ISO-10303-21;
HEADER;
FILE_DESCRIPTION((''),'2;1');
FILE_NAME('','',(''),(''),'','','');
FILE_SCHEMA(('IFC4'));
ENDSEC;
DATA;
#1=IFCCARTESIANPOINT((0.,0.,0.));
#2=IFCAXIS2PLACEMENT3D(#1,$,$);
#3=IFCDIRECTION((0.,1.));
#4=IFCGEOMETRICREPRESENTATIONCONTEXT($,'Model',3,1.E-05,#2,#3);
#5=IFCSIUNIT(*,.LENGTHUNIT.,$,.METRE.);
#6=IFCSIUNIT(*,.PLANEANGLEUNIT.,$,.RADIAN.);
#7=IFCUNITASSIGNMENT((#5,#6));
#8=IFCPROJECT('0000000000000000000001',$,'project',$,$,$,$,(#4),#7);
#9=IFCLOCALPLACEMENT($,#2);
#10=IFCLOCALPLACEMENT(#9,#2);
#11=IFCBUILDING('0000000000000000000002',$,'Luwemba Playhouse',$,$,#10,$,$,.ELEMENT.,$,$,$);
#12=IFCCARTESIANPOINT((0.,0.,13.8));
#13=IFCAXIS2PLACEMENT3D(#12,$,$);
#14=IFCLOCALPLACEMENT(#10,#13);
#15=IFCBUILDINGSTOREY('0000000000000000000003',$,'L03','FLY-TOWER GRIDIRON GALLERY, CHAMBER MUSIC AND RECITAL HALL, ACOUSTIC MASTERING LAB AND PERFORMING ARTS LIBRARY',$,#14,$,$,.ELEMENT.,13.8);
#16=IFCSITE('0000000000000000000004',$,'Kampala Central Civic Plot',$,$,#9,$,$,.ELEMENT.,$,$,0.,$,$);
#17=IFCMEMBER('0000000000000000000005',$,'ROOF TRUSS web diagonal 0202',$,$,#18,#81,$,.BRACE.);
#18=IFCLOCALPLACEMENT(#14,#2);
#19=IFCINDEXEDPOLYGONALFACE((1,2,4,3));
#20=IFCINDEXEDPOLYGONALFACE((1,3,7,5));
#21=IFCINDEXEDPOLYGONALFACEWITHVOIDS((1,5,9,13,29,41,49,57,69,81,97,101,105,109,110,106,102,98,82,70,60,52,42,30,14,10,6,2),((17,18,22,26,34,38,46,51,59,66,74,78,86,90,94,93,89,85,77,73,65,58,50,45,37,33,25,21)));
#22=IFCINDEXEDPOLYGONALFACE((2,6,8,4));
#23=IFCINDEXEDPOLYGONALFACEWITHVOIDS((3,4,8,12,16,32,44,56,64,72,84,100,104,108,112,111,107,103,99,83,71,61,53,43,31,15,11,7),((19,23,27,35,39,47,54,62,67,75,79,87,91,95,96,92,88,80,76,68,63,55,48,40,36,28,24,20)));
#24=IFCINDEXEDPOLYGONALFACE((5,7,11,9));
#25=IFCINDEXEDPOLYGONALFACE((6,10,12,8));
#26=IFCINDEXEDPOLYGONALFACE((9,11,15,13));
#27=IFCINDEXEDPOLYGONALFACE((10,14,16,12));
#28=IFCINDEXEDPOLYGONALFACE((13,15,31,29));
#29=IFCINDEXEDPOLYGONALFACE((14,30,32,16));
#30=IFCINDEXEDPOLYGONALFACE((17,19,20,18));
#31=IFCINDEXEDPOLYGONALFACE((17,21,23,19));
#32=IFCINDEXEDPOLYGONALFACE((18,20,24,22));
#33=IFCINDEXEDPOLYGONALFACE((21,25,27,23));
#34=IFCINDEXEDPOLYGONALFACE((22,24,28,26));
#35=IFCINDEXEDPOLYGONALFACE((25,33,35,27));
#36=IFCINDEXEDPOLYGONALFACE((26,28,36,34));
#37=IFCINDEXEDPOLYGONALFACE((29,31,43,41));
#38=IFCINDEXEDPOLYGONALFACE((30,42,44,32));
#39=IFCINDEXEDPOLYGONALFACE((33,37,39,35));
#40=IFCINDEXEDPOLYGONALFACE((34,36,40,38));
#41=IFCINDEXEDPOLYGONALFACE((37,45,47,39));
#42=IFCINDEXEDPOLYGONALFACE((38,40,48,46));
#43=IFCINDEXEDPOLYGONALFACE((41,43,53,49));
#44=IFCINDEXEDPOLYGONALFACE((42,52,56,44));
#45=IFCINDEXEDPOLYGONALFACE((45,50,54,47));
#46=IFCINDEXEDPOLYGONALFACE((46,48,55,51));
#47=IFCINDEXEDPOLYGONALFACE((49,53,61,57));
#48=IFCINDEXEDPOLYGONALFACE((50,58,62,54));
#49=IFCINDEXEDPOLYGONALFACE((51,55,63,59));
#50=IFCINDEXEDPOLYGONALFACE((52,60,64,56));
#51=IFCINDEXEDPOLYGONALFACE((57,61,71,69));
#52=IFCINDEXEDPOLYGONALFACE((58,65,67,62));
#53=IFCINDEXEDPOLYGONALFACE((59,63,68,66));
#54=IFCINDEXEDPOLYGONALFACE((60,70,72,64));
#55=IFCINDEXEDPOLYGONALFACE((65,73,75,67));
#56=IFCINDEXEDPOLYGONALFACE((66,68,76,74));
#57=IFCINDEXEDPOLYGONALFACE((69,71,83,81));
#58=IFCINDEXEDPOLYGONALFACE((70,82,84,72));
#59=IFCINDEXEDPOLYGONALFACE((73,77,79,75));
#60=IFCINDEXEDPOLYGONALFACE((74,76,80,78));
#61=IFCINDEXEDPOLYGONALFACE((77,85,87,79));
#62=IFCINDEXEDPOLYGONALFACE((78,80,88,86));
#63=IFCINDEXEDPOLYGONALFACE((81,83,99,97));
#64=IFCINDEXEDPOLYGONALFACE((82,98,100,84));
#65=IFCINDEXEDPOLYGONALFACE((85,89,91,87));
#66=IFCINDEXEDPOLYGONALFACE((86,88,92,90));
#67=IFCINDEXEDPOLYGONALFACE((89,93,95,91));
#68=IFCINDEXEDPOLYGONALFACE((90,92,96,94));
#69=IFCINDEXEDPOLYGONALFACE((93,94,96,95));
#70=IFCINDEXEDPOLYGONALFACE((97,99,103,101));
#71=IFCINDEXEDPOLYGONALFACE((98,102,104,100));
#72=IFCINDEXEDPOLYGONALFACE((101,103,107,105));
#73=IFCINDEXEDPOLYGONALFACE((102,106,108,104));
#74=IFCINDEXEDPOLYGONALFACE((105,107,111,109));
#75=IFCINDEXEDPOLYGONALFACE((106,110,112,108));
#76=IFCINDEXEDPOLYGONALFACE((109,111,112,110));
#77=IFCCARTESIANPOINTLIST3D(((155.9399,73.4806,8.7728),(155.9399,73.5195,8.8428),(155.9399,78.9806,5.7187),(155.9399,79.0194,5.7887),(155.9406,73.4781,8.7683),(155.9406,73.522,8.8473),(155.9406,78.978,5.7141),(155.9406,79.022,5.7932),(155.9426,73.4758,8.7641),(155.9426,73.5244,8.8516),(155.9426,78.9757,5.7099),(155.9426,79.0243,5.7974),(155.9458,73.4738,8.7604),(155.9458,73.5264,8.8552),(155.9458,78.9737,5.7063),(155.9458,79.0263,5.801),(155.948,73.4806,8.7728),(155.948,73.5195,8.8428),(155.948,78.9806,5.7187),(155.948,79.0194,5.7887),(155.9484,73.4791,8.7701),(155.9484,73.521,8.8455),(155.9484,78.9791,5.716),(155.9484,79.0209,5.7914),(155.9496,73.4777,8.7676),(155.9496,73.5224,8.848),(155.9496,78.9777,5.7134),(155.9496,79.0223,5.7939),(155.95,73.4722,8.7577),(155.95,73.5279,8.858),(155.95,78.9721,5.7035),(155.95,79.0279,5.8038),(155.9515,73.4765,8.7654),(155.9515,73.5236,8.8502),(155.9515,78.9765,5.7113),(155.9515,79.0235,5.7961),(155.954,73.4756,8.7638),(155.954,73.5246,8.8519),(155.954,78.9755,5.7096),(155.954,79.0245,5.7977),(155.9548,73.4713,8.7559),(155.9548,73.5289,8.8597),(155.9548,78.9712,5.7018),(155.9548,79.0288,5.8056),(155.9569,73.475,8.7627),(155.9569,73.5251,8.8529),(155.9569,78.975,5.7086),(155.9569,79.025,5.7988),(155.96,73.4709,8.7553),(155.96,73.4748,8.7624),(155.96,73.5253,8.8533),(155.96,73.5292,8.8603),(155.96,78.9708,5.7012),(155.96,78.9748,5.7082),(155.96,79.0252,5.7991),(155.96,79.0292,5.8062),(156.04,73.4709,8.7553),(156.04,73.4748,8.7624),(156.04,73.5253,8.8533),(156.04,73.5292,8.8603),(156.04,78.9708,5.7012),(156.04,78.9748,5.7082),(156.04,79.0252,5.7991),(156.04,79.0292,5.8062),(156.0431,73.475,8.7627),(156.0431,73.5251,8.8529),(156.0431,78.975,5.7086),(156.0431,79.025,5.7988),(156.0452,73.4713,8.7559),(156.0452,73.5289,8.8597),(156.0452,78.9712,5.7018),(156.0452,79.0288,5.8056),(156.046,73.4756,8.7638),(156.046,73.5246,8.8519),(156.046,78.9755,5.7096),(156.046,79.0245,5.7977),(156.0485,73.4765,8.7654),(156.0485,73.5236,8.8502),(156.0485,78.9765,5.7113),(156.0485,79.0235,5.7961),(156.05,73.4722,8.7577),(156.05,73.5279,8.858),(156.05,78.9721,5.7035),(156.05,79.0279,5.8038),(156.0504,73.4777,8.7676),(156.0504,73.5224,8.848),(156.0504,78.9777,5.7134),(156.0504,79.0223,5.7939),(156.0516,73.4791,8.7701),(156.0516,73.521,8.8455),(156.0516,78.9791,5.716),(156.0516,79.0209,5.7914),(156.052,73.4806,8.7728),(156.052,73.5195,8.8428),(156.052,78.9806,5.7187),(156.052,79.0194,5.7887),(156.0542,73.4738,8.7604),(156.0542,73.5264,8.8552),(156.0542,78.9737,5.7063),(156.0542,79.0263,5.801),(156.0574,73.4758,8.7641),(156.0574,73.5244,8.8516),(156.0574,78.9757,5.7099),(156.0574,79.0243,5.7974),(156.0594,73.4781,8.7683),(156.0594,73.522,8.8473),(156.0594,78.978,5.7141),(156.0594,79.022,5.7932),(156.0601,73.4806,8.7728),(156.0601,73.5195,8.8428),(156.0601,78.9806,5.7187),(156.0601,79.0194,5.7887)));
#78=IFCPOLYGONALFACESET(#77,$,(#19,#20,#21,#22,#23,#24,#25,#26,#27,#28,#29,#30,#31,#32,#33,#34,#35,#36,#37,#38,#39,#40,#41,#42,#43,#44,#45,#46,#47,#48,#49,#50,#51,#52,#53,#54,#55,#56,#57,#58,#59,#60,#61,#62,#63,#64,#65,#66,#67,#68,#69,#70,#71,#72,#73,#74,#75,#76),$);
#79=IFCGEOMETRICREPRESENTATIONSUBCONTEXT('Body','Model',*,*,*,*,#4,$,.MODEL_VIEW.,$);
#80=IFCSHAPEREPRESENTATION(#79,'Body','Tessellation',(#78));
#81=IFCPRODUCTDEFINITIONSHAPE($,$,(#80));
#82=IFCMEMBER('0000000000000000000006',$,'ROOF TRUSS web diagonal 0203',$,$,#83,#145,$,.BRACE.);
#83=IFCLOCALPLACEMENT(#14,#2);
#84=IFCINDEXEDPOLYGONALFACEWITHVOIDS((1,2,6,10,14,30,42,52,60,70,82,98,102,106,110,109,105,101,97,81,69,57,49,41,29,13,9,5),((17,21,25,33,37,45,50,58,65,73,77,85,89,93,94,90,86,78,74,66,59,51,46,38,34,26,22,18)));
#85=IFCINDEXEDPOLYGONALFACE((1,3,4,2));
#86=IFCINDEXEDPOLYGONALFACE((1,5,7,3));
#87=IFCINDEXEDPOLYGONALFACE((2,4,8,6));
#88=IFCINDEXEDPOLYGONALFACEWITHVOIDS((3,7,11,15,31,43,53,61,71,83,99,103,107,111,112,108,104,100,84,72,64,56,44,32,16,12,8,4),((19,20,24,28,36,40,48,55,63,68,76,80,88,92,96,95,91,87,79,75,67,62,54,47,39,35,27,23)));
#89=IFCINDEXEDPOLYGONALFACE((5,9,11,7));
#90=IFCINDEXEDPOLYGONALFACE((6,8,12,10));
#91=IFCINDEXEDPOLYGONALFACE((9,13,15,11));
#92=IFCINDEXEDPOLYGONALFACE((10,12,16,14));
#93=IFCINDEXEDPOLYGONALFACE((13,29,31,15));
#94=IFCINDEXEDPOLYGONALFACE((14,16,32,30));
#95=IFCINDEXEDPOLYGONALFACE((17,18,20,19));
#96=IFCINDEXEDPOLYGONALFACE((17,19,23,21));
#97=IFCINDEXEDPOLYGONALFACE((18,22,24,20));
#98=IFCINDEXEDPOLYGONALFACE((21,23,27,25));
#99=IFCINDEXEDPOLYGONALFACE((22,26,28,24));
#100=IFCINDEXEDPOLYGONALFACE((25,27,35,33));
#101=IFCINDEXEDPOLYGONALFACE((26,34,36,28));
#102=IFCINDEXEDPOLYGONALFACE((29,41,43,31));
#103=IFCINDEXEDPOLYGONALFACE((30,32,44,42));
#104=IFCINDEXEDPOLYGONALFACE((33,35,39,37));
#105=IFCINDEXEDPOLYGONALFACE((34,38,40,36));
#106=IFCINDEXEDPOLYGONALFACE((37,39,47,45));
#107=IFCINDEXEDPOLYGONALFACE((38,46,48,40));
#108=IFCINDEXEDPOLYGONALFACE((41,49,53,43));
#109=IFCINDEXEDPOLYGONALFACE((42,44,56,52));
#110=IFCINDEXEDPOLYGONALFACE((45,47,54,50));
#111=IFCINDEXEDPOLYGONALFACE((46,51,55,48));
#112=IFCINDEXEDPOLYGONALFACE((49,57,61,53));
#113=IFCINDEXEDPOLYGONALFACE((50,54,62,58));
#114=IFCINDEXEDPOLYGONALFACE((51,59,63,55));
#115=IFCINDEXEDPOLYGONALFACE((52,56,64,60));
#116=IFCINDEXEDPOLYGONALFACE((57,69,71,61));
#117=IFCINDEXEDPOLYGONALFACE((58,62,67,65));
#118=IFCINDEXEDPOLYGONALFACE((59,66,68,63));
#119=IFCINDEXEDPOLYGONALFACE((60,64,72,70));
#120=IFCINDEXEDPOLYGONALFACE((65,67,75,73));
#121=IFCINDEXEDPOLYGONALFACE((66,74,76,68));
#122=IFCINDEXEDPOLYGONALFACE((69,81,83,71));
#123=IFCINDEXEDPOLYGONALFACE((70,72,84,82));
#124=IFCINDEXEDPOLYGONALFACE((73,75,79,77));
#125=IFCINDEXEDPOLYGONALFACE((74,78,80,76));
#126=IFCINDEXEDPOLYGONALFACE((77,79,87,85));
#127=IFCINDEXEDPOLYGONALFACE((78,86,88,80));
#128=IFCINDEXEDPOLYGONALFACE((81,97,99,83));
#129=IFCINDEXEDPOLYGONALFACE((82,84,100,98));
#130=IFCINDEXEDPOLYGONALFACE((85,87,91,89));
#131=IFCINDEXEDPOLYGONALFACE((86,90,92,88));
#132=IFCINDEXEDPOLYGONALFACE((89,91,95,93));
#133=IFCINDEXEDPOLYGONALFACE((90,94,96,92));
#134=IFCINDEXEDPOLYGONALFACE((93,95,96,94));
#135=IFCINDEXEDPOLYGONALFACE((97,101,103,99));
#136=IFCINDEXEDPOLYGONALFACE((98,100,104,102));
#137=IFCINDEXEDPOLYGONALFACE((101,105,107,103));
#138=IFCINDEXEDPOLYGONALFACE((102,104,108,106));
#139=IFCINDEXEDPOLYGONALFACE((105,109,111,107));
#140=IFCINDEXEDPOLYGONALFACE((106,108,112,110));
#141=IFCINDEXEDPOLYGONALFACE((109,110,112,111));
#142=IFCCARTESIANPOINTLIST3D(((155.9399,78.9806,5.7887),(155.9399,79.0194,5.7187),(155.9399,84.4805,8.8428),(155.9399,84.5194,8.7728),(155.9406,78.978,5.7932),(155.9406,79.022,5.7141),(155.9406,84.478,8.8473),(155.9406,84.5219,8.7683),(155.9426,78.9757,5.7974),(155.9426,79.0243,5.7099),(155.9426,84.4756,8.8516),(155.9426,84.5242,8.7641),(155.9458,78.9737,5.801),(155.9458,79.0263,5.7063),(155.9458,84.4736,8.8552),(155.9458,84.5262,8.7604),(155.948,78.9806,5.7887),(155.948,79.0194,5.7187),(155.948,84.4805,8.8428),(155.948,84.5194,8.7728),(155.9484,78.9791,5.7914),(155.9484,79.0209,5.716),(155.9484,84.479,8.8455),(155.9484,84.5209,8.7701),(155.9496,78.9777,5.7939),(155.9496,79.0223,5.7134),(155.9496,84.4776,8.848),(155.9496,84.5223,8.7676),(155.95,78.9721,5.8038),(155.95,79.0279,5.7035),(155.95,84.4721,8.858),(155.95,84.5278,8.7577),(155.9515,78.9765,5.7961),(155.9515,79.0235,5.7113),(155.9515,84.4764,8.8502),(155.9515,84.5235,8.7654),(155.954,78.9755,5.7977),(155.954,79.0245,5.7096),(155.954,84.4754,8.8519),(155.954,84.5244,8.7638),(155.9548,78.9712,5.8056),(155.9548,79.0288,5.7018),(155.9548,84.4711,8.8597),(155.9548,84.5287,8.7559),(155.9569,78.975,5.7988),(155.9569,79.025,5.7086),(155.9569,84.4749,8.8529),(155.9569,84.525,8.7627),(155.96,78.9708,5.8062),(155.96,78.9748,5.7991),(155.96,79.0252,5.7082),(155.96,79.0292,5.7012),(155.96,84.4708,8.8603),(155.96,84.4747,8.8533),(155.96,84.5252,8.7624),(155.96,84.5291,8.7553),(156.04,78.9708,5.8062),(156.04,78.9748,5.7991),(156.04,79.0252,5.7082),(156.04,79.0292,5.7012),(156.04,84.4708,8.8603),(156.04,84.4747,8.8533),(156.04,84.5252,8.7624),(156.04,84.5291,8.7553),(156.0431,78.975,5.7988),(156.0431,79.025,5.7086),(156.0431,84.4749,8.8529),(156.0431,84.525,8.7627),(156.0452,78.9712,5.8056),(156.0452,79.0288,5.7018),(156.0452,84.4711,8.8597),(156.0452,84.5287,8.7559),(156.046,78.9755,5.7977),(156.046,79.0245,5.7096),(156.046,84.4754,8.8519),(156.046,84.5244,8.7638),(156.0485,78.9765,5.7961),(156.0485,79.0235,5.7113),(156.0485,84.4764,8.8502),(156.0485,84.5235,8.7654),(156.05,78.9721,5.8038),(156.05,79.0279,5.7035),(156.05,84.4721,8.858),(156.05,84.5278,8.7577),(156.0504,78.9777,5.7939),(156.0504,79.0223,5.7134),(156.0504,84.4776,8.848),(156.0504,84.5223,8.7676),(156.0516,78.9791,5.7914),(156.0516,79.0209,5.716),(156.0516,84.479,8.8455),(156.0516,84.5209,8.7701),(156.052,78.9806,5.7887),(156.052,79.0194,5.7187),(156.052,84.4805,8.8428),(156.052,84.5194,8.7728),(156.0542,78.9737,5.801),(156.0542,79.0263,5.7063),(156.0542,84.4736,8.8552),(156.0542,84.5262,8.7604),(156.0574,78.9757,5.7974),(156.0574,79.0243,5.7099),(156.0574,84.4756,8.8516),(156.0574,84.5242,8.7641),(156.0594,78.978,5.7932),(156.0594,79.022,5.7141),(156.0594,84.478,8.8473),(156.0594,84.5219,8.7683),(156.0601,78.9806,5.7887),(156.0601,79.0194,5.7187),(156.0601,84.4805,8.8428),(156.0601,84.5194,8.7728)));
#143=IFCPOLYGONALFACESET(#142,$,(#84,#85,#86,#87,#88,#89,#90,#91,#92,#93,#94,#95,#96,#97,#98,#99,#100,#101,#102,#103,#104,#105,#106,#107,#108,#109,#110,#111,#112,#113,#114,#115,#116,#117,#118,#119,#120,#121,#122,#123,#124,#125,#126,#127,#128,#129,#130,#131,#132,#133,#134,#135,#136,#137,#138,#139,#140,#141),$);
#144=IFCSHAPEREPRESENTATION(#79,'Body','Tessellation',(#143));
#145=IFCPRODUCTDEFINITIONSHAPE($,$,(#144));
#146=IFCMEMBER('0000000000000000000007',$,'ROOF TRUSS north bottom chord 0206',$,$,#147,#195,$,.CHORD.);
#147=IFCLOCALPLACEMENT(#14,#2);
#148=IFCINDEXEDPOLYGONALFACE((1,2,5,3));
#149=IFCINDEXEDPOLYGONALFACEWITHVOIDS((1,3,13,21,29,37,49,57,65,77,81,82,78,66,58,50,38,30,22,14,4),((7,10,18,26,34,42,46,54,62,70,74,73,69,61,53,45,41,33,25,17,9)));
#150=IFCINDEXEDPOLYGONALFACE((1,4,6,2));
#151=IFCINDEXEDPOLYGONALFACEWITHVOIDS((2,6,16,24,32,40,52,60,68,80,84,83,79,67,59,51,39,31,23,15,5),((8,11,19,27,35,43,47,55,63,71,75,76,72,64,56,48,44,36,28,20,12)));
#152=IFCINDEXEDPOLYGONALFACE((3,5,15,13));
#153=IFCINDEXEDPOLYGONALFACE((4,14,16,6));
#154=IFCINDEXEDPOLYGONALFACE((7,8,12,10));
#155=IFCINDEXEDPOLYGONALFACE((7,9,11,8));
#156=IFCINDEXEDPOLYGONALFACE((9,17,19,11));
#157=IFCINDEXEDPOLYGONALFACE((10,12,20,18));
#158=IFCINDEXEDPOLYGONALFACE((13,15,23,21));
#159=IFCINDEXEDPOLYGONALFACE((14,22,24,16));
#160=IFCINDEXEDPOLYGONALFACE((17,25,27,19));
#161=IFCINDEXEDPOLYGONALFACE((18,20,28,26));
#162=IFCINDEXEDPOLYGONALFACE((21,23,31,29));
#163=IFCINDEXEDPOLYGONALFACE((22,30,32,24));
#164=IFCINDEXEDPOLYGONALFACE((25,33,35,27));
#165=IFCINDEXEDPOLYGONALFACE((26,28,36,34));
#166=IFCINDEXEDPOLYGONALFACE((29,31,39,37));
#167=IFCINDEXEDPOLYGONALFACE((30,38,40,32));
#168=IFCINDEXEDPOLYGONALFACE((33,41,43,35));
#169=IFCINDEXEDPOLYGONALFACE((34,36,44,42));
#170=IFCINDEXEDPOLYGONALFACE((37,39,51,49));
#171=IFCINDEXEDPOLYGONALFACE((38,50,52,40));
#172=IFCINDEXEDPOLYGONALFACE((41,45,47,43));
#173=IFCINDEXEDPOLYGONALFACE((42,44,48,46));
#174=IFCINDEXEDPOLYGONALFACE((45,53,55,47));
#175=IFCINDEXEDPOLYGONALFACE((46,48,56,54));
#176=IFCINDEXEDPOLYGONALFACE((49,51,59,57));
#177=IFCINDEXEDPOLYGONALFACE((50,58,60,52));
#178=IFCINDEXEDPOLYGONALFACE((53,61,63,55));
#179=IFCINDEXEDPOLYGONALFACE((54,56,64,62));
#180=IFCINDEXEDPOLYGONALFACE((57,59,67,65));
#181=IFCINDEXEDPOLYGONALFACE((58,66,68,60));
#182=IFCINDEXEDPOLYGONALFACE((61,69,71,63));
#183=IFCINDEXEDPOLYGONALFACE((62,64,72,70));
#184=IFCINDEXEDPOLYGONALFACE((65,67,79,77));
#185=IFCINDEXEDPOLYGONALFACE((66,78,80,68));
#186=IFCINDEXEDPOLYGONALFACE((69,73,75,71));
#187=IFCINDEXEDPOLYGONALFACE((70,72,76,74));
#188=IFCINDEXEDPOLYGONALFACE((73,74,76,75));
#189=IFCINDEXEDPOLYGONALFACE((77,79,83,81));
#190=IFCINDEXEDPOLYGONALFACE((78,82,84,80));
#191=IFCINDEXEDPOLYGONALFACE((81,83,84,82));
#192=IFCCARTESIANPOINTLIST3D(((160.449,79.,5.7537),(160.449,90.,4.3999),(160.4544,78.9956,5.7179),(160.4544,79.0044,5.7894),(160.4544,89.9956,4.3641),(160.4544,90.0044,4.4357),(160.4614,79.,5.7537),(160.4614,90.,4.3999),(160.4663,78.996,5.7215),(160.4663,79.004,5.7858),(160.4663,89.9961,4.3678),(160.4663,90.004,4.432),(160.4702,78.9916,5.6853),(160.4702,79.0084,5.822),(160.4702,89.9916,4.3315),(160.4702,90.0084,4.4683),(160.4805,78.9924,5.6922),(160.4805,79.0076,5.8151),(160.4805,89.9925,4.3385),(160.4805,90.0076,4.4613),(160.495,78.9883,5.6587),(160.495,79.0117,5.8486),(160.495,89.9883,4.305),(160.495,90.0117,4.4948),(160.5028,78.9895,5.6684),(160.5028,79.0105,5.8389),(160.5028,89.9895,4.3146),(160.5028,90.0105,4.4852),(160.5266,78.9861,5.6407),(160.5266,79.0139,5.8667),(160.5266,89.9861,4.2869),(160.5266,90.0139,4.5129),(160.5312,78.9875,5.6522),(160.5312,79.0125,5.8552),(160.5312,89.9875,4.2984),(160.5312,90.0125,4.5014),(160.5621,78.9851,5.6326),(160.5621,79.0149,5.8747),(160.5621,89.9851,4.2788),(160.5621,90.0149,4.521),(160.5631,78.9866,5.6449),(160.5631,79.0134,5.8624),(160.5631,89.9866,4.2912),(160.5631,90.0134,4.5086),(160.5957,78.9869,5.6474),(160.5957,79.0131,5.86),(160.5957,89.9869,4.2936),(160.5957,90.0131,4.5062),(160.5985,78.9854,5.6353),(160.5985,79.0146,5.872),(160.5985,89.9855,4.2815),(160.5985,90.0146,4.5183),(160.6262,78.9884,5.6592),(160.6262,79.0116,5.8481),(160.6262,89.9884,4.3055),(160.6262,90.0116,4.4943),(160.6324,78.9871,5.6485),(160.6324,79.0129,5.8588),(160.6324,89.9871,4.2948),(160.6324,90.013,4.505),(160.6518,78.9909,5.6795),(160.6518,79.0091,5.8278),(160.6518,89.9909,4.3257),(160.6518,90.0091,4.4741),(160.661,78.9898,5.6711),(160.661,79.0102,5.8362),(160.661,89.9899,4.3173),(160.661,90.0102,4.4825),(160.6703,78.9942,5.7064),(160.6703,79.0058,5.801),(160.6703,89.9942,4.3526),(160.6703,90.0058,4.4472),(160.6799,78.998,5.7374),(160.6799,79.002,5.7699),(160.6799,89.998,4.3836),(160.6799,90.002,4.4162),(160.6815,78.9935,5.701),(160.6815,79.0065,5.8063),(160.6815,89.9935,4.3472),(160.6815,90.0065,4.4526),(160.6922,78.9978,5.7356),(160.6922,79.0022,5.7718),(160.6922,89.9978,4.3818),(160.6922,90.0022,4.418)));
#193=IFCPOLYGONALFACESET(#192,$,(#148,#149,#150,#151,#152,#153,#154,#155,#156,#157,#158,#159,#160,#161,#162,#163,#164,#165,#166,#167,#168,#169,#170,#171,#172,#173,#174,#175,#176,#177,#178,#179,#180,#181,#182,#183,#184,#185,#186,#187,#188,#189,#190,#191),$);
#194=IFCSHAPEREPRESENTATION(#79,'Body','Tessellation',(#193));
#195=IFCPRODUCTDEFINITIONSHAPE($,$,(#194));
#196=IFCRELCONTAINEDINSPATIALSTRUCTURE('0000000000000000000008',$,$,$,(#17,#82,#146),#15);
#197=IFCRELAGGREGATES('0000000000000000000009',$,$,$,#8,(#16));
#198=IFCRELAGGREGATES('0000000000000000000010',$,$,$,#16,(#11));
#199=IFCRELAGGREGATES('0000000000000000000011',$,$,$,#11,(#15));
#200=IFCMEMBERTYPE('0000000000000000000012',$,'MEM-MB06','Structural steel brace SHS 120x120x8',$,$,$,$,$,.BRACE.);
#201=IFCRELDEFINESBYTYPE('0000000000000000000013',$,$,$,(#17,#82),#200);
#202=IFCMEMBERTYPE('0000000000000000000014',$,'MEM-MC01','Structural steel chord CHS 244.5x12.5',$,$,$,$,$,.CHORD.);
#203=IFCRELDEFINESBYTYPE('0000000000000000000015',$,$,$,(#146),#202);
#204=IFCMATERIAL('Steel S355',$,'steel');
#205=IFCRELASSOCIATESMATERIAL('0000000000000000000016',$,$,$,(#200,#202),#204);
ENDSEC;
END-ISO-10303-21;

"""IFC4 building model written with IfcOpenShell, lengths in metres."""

from ifc_helpers import new_model, si_unit, direction, frame, origin, origin_2d, place, context, subcontext, project, spatial, hollow_rectangle, hollow_circle, extrude, material, material_profile, profile_set, type_object, element, save


model = new_model("IFC4")

# Units and contexts
model_context = context("Model", 3, precision=1e-05, world=origin(), true_north=direction((0.0, 1.0)))
body_context = subcontext(model_context, "Body", "Model", "MODEL_VIEW")
ifc_project = project(units=[si_unit("LENGTHUNIT", "METRE"), si_unit("PLANEANGLEUNIT", "RADIAN")], contexts=[model_context])

# Site, building, storey
site_placement = place(None, origin())
site = spatial("IfcSite", under=ifc_project, at=site_placement, Name="Kampala Central Civic Plot", CompositionType="ELEMENT", RefElevation=0.0)
building_placement = place(site_placement, origin())
building = spatial("IfcBuilding", under=site, at=building_placement, Name="Luwemba Playhouse", CompositionType="ELEMENT")
storey_placement = place(building_placement, frame((0.0, 0.0, 13.8)))
storey = spatial("IfcBuildingStorey", under=building, at=storey_placement, Name="L03", Description="FLY-TOWER GRIDIRON GALLERY, CHAMBER MUSIC AND RECITAL HALL, ACOUSTIC MASTERING LAB AND PERFORMING ARTS LIBRARY", CompositionType="ELEMENT", Elevation=13.8)

# Shared definitions
ifc_material_1 = material(Name="Steel S355", Category="steel")

# Members
ifc_material_profile_1 = material_profile(ifc_material_1, hollow_rectangle(XDim=0.1201, YDim=0.1201, WallThickness=0.0081, InnerFilletRadius=0.012, OuterFilletRadius=0.02, at=origin_2d()))
ifc_profile_set_1 = profile_set([ifc_material_profile_1], Name="Steel S355")
member_type_1 = type_object("IfcMemberType", Name="MEM-MB06", Description="Structural steel brace SHS 120x120x8", PredefinedType="BRACE", material=ifc_profile_set_1)
for number, where, z_axis, x_axis, name in (
    (1, (156.0, 79.0, 5.7537), (0.0, -0.874249, 0.485478), (1.0, 0.0, 0.0), "ROOF TRUSS web diagonal 0202"),
    (2, (156.0, 79.0, 5.7537), (0.0, 0.874249, 0.485478), (-1.0, 0.0, 0.0), "ROOF TRUSS web diagonal 0203"),
):
    element("IfcMember", number, at=place(storey_placement, frame(where, z_axis=z_axis, x_axis=x_axis)), inside=storey, type_object=member_type_1, Name=name, PredefinedType="BRACE", context=body_context, shape_type="SweptSolid", body=[
        extrude(hollow_rectangle(XDim=0.1201, YDim=0.1201, WallThickness=0.0081, InnerFilletRadius=0.012, OuterFilletRadius=0.02, at=origin_2d()), origin(), (0.0, 0.0, 1.0), 6.291),
    ])
ifc_material_profile_2 = material_profile(ifc_material_1, hollow_circle(Radius=0.1223, WallThickness=0.0125, at=origin_2d()))
ifc_profile_set_2 = profile_set([ifc_material_profile_2], Name="Steel S355")
member_type_2 = type_object("IfcMemberType", Name="MEM-MC01", Description="Structural steel chord CHS 244.5x12.5", PredefinedType="CHORD", material=ifc_profile_set_2)
member_1_placement = place(storey_placement, frame((160.5713, 79.0, 5.7537), z_axis=(0.0, 0.992512, -0.122148), x_axis=(-1.0, 0.0, 0.0)))
element("IfcMember", 3, at=member_1_placement, inside=storey, type_object=member_type_2, Name="ROOF TRUSS north bottom chord 0206", PredefinedType="CHORD", context=body_context, shape_type="SweptSolid", body=[
    extrude(hollow_circle(Radius=0.1223, WallThickness=0.0125, at=origin_2d()), origin(), (0.0, 0.0, 1.0), 11.083),
])

save(model, "model.ifc")
